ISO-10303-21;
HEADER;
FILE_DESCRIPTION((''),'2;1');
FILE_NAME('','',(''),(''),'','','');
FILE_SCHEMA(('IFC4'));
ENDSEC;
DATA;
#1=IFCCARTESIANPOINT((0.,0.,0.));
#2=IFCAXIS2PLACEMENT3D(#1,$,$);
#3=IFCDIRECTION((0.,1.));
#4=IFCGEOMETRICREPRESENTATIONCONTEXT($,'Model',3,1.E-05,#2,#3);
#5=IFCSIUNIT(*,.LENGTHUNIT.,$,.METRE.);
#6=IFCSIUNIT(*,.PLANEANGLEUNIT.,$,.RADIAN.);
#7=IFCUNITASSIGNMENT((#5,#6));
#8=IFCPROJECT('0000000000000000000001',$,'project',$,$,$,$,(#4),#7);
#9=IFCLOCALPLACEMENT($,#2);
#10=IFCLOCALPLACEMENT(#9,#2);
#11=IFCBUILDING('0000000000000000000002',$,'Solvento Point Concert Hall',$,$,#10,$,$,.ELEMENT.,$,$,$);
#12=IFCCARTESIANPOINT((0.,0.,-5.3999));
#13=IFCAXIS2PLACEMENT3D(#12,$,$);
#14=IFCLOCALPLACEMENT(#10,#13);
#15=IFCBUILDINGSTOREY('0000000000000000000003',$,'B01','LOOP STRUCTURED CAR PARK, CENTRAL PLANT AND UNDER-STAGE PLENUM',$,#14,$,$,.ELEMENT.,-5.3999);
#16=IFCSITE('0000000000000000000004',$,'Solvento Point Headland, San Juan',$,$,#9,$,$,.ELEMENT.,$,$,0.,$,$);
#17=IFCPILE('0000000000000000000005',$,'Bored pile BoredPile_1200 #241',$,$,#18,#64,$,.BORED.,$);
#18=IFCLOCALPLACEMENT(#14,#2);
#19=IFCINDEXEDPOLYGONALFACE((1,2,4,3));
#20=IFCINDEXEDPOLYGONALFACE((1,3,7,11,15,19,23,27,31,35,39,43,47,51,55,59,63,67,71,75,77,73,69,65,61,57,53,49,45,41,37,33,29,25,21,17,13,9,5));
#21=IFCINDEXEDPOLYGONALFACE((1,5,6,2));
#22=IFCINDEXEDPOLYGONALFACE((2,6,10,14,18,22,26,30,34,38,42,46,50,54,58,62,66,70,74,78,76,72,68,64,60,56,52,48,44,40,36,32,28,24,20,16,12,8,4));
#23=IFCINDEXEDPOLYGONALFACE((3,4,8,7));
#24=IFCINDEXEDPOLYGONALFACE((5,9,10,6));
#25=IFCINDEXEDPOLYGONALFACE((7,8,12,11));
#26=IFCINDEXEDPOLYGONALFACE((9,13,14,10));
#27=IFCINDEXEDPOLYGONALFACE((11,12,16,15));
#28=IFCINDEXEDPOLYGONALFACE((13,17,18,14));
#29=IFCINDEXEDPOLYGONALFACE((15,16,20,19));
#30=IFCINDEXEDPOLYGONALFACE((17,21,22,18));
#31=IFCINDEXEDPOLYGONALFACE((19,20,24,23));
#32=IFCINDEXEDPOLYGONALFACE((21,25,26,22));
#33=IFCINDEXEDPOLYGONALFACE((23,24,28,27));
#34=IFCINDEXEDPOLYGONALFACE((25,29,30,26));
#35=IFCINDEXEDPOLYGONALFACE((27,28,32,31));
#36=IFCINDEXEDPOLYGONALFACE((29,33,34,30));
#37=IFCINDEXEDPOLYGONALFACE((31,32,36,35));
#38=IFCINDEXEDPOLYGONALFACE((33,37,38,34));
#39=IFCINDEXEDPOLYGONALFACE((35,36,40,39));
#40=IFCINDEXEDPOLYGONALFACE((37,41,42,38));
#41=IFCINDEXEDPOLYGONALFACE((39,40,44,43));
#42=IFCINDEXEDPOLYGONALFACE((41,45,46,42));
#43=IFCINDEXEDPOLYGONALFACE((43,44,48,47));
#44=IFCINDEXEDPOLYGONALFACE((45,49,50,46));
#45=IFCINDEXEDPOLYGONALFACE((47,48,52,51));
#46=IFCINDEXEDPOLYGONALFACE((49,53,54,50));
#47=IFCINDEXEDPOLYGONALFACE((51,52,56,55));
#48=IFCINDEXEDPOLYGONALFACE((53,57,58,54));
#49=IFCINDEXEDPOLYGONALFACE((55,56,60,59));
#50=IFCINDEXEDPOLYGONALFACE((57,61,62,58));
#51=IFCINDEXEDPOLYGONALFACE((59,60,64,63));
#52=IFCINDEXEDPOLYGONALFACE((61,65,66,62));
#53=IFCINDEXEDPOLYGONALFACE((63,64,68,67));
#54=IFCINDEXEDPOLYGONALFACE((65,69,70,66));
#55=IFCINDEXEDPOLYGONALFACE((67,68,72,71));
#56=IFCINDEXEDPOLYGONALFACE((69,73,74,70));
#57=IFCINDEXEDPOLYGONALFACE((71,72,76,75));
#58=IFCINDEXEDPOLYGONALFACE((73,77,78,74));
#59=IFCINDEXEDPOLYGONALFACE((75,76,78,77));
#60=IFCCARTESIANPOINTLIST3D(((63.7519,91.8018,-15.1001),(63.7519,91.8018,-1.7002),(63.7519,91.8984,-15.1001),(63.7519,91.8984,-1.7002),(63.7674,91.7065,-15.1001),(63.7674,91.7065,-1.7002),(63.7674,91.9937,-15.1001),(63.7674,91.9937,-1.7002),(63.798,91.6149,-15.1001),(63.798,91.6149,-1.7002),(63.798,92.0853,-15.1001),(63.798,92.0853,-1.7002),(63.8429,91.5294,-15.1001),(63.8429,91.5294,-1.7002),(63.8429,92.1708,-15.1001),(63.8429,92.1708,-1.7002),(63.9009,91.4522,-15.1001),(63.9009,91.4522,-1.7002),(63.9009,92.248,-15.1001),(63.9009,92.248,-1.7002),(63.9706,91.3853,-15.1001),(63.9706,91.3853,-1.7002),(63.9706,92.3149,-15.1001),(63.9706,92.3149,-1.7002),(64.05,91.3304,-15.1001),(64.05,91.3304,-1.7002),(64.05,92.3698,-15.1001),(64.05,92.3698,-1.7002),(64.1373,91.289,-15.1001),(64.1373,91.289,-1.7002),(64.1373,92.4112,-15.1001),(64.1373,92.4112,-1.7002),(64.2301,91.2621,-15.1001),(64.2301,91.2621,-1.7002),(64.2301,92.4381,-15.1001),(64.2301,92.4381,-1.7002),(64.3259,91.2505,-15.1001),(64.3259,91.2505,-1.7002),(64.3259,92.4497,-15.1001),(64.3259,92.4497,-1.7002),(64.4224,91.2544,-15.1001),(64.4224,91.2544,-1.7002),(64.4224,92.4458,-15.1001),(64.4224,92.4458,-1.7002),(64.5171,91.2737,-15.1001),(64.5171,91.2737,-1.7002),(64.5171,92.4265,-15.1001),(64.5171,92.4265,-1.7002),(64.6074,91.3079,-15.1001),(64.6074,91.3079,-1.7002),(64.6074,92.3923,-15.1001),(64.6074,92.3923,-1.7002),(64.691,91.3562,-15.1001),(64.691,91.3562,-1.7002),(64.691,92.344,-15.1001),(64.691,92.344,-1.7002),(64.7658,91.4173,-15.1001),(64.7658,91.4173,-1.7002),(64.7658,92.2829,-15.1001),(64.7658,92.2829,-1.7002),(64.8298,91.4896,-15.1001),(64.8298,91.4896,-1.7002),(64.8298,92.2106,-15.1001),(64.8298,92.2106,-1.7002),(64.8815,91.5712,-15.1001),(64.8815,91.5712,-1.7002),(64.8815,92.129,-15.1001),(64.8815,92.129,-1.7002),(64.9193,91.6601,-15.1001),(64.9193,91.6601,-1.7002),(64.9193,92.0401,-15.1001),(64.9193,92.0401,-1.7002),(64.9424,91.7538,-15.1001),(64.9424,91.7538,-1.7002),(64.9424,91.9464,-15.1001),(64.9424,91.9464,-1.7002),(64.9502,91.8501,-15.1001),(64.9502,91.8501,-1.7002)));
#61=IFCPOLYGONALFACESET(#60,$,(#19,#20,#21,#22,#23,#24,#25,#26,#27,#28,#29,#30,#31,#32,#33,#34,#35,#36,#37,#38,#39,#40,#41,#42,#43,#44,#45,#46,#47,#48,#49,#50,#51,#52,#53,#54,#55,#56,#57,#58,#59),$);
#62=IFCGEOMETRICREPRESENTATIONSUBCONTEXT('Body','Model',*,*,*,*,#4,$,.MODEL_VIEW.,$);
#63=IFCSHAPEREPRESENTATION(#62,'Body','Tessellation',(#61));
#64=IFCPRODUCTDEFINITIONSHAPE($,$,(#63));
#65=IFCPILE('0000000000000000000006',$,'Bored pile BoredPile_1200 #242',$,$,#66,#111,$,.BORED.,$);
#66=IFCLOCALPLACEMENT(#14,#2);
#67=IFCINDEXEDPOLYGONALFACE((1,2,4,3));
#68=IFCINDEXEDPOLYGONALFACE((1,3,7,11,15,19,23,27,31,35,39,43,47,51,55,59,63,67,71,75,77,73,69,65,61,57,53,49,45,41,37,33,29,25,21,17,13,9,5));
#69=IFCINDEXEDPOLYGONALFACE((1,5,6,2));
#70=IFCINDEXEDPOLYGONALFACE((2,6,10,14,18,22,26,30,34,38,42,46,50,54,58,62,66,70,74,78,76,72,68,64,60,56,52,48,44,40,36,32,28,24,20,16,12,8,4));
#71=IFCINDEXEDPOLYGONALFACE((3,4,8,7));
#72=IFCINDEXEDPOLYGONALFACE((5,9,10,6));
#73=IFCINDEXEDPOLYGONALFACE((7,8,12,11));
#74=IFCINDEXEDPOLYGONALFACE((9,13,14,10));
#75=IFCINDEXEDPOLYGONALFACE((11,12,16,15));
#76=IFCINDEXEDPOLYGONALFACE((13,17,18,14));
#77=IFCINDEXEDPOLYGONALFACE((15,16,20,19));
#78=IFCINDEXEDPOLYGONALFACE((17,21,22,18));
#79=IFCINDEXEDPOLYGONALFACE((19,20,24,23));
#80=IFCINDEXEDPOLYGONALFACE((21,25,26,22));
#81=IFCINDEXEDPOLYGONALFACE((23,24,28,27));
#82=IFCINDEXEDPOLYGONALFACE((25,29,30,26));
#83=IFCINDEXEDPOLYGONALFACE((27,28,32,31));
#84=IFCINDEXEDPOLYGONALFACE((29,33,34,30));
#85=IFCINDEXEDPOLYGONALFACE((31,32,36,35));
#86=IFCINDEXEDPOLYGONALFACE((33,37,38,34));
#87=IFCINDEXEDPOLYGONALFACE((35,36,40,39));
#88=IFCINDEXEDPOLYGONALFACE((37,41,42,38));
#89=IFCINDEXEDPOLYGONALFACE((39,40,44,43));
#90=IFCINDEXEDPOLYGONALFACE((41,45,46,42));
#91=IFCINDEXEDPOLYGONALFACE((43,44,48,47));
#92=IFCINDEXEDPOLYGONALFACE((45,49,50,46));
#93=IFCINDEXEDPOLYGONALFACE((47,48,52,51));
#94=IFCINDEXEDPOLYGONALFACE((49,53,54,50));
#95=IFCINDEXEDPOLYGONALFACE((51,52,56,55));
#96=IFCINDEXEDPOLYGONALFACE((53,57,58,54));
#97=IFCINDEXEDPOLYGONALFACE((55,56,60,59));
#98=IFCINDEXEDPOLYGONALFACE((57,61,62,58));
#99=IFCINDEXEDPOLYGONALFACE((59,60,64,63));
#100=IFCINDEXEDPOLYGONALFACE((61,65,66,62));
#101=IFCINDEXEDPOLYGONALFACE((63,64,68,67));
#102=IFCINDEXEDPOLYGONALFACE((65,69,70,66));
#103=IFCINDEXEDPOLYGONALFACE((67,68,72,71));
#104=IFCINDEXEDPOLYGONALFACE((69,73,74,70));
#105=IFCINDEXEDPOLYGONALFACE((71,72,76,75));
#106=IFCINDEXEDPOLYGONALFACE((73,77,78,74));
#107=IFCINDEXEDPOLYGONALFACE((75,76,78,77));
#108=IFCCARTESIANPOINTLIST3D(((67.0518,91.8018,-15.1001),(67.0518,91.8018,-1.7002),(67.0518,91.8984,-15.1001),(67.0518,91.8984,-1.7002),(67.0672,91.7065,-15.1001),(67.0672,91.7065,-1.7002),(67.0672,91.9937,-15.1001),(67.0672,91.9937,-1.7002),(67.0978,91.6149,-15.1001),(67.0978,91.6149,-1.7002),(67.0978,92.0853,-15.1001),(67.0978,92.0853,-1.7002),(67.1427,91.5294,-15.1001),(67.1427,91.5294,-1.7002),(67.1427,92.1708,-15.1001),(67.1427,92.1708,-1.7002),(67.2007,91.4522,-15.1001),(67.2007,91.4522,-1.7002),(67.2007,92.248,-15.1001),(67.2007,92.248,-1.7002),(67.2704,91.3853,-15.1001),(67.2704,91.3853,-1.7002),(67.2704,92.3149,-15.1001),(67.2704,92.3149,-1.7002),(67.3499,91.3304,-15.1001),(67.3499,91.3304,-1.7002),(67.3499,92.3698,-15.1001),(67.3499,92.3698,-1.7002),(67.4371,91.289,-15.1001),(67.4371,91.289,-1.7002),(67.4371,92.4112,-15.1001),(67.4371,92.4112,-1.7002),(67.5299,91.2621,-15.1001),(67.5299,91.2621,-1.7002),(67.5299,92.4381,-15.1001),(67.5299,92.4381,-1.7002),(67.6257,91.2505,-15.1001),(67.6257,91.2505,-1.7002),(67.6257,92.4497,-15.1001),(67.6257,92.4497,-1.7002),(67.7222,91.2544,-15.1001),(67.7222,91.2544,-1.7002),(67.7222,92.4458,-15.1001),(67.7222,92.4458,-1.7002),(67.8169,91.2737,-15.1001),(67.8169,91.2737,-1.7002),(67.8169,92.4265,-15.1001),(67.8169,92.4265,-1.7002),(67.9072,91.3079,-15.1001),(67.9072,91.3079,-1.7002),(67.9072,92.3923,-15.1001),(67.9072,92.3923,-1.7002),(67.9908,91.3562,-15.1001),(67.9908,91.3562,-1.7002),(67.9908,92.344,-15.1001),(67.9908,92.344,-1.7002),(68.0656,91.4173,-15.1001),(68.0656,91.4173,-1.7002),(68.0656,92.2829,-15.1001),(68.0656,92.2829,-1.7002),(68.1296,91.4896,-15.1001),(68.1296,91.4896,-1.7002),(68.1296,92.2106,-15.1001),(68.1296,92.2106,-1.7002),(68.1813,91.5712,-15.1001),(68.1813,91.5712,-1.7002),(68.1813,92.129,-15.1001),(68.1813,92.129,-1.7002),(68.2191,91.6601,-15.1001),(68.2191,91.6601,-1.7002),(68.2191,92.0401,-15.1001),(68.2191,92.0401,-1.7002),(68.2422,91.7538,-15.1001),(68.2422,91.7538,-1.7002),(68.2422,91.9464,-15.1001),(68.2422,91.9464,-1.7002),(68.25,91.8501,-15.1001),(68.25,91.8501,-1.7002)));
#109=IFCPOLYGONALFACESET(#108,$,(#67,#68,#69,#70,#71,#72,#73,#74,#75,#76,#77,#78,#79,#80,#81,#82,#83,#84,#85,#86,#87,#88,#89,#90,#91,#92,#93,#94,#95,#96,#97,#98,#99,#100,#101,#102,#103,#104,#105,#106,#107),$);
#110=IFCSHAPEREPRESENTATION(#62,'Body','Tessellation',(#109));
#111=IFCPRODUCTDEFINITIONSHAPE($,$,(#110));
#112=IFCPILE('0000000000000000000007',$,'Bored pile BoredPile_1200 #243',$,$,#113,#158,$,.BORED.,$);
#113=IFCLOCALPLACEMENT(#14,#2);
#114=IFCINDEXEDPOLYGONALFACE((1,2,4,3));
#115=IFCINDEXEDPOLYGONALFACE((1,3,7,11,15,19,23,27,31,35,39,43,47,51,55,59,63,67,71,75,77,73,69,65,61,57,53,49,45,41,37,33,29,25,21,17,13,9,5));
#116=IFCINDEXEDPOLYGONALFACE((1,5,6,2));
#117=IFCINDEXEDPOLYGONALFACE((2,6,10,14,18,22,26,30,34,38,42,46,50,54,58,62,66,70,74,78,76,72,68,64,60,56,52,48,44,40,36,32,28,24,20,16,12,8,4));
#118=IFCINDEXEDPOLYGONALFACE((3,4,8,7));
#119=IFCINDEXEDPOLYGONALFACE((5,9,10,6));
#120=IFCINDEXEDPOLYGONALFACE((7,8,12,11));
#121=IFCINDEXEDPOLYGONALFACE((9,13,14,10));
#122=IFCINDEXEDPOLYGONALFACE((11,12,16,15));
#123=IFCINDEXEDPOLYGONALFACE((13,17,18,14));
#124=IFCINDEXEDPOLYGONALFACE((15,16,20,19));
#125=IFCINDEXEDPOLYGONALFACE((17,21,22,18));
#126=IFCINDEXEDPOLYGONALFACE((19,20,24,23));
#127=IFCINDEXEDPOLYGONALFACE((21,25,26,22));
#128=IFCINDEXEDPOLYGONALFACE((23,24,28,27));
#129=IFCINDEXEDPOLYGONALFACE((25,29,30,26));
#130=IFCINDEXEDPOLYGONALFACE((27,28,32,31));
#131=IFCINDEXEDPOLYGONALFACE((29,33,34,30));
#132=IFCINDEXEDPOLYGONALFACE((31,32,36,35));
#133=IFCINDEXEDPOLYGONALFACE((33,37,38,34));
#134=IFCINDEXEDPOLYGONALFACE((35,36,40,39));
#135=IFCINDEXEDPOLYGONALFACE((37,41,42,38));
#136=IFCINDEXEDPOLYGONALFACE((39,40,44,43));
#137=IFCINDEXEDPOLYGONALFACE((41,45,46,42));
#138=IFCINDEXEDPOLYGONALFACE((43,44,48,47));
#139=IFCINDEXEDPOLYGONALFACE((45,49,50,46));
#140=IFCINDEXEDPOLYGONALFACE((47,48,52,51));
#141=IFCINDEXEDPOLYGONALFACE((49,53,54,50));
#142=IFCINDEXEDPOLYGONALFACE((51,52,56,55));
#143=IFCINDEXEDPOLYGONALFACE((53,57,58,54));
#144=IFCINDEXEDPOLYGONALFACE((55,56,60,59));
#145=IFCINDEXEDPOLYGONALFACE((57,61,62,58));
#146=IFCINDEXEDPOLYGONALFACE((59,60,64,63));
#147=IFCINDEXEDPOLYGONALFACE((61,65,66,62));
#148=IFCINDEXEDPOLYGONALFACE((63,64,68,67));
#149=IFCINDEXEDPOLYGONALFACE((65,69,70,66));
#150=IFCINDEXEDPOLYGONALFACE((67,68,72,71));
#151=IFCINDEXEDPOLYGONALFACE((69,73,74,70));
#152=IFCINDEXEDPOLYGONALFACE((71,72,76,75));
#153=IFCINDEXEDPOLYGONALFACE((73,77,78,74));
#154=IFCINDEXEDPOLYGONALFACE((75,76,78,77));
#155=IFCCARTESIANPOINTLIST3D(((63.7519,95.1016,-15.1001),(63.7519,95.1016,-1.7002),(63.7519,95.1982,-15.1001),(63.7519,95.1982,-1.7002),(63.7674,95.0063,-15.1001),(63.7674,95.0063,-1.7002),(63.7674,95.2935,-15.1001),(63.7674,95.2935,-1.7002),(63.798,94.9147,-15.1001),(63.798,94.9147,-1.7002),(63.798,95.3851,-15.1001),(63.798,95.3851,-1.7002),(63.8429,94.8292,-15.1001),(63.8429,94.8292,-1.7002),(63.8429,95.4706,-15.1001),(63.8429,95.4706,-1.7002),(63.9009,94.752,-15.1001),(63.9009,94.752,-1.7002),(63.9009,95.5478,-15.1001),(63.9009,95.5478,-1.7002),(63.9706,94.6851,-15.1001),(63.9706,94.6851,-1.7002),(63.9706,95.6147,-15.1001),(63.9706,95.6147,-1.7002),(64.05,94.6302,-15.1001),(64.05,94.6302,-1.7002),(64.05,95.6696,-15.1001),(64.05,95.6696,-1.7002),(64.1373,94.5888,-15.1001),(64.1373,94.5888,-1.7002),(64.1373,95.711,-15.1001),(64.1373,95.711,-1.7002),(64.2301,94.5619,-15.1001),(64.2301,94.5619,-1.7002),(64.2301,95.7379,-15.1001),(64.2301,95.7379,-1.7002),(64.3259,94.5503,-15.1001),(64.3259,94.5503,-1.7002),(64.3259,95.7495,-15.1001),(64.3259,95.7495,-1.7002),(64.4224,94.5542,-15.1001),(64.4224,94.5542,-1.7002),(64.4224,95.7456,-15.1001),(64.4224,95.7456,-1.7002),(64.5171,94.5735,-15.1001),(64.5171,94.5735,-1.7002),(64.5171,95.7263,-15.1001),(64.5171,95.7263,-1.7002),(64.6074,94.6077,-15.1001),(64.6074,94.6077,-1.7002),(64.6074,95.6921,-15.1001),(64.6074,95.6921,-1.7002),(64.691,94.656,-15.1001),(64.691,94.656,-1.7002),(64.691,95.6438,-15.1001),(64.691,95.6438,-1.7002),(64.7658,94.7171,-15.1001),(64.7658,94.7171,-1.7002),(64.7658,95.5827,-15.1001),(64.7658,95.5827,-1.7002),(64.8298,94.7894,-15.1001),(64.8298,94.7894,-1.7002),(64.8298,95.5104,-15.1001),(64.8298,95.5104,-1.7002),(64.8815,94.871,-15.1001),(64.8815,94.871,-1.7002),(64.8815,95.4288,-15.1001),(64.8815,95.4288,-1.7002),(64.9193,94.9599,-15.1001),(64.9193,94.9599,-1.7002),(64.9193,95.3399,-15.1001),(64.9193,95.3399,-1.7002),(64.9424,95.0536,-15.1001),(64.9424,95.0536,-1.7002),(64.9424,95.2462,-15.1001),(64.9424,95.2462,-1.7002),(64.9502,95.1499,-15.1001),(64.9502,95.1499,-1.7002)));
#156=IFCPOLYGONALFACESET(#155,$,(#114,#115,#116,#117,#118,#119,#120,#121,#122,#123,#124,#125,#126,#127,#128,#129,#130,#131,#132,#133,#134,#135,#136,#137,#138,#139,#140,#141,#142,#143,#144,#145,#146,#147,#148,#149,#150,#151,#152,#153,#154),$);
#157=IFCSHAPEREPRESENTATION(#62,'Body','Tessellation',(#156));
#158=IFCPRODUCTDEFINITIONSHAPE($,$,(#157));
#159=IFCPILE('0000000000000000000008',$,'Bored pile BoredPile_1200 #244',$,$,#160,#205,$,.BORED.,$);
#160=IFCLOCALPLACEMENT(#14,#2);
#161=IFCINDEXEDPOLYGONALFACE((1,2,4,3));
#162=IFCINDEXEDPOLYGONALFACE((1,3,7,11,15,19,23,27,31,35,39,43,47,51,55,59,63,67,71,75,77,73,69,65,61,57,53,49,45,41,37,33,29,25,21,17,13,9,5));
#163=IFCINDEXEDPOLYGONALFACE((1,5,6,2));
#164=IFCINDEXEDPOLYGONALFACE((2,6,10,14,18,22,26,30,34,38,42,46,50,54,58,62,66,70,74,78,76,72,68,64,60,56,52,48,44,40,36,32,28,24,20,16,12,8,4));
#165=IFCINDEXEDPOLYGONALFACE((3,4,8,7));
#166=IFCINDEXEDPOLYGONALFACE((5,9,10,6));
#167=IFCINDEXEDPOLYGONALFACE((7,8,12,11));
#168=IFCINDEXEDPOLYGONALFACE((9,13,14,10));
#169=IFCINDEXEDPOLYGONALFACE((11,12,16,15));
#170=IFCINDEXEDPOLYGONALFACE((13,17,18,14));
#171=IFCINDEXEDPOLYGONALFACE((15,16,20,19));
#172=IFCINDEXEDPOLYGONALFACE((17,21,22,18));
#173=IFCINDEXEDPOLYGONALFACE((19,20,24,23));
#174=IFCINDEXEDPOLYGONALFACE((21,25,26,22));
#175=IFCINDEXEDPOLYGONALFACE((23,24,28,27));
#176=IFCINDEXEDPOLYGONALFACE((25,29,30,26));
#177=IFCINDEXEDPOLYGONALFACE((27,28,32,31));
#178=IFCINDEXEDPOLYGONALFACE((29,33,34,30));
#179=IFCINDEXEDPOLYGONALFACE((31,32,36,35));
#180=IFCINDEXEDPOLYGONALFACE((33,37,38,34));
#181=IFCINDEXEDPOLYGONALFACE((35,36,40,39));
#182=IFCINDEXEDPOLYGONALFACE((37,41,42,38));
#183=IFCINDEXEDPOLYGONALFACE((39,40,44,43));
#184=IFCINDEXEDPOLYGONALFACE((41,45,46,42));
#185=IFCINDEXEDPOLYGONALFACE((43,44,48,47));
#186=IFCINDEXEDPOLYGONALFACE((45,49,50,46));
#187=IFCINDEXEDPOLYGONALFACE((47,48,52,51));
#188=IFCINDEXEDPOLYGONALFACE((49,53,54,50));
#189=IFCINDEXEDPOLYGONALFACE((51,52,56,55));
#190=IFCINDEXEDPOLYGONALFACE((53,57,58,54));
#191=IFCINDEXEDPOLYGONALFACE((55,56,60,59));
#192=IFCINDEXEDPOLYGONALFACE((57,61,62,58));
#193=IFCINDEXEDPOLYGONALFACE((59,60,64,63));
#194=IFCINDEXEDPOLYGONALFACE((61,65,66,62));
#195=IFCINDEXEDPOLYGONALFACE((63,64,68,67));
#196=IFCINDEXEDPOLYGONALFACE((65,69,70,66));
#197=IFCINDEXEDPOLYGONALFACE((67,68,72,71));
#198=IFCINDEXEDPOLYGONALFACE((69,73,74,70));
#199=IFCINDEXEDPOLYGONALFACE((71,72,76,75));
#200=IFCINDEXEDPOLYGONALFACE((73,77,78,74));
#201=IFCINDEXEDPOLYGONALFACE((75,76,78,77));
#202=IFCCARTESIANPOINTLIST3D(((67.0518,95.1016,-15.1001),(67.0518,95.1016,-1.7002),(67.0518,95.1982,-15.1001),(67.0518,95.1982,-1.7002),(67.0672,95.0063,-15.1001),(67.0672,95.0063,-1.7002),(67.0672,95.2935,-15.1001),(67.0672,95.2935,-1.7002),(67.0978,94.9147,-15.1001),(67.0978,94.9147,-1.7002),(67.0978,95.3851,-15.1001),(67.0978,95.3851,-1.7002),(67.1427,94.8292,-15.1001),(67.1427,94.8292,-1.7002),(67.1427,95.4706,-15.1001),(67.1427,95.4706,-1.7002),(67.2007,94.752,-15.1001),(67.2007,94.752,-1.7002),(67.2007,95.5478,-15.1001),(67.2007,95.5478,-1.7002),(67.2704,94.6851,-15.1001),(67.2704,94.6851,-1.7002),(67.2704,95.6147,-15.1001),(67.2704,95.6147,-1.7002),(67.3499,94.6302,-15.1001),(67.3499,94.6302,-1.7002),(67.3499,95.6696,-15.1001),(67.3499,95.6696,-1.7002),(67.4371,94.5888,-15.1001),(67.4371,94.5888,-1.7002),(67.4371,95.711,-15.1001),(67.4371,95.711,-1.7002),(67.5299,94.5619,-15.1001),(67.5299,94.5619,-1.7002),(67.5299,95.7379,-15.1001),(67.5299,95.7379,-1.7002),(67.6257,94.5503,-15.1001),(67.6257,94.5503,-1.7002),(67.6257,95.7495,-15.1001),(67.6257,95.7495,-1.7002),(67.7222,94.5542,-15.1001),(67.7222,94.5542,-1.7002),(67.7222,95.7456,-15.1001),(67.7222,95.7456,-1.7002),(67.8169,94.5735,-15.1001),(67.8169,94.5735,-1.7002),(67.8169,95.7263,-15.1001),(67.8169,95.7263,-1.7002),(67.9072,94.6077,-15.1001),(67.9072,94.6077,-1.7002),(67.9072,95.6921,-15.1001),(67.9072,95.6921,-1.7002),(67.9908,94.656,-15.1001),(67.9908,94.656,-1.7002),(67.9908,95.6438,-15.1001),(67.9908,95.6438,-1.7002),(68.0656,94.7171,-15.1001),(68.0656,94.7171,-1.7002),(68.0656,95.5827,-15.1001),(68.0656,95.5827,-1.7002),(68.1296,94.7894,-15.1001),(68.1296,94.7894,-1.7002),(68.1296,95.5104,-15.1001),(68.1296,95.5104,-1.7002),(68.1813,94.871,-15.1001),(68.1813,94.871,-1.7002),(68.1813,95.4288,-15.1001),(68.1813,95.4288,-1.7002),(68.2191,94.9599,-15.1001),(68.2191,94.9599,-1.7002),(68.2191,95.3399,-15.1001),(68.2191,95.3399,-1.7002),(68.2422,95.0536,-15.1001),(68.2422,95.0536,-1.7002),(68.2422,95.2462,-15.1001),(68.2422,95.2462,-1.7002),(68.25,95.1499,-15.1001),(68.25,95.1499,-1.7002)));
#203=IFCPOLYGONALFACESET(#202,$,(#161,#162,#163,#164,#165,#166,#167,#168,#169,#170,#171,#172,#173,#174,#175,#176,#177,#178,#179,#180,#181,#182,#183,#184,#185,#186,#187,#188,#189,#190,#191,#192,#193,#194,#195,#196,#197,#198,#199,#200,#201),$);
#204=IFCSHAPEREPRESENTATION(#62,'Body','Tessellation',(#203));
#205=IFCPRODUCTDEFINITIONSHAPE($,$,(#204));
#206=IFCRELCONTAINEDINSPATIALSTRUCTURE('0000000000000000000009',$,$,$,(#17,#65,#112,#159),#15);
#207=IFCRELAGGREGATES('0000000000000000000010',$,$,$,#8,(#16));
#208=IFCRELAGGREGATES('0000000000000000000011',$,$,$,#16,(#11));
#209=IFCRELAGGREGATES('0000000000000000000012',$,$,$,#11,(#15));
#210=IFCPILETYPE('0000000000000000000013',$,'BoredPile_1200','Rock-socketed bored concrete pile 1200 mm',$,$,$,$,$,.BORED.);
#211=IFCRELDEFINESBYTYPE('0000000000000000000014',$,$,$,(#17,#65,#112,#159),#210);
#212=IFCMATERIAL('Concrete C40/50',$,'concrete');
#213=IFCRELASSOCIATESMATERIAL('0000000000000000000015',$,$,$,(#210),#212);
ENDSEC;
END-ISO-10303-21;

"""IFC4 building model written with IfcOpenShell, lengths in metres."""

from ifc_helpers import new_model, si_unit, direction, frame, origin, origin_2d, place, context, subcontext, project, spatial, circle, extrude, material, material_profile, profile_set, type_object, element, save


model = new_model("IFC4")

# Units and contexts
model_context = context("Model", 3, precision=1e-05, world=origin(), true_north=direction((0.0, 1.0)))
body_context = subcontext(model_context, "Body", "Model", "MODEL_VIEW")
ifc_project = project(units=[si_unit("LENGTHUNIT", "METRE"), si_unit("PLANEANGLEUNIT", "RADIAN")], contexts=[model_context])

# Site, building, storey
site_placement = place(None, origin())
site = spatial("IfcSite", under=ifc_project, at=site_placement, Name="Solvento Point Headland, San Juan", CompositionType="ELEMENT", RefElevation=0.0)
building_placement = place(site_placement, origin())
building = spatial("IfcBuilding", under=site, at=building_placement, Name="Solvento Point Concert Hall", CompositionType="ELEMENT")
storey_placement = place(building_placement, frame((0.0, 0.0, -5.3999)))
storey = spatial("IfcBuildingStorey", under=building, at=storey_placement, Name="B01", Description="LOOP STRUCTURED CAR PARK, CENTRAL PLANT AND UNDER-STAGE PLENUM", CompositionType="ELEMENT", Elevation=-5.3999)

# Piles
ifc_material_1 = material(Name="Concrete C40/50", Category="concrete")
ifc_material_profile_1 = material_profile(ifc_material_1, circle(Radius=0.6001, at=origin_2d()), Name="BP-1200")
ifc_profile_set_1 = profile_set([ifc_material_profile_1], Name="Concrete C40/50")
pile_type_1 = type_object("IfcPileType", Name="BoredPile_1200", Description="Rock-socketed bored concrete pile 1200 mm", PredefinedType="BORED", material=ifc_profile_set_1)
for number, where, z_axis, x_axis, name in (
    (1, (64.3501, 91.8501, -1.7002), (0.0, 0.0, -1.0), (1.0, 0.0, 0.0), "Bored pile BoredPile_1200 #241"),
    (2, (67.6499, 91.8501, -1.7002), (0.0, 0.0, -1.0), (1.0, 0.0, 0.0), "Bored pile BoredPile_1200 #242"),
    (3, (64.3501, 95.1499, -1.7002), (0.0, 0.0, -1.0), (1.0, 0.0, 0.0), "Bored pile BoredPile_1200 #243"),
    (4, (67.6499, 95.1499, -1.7002), (0.0, 0.0, -1.0), (1.0, 0.0, 0.0), "Bored pile BoredPile_1200 #244"),
):
    element("IfcPile", number, at=place(storey_placement, frame(where, z_axis=z_axis, x_axis=x_axis)), inside=storey, type_object=pile_type_1, Name=name, PredefinedType="BORED", context=body_context, shape_type="SweptSolid", body=[
        extrude(circle(Radius=0.6001, at=origin_2d()), origin(), (0.0, 0.0, 1.0), 13.3999),
    ])

save(model, "model.ifc")
